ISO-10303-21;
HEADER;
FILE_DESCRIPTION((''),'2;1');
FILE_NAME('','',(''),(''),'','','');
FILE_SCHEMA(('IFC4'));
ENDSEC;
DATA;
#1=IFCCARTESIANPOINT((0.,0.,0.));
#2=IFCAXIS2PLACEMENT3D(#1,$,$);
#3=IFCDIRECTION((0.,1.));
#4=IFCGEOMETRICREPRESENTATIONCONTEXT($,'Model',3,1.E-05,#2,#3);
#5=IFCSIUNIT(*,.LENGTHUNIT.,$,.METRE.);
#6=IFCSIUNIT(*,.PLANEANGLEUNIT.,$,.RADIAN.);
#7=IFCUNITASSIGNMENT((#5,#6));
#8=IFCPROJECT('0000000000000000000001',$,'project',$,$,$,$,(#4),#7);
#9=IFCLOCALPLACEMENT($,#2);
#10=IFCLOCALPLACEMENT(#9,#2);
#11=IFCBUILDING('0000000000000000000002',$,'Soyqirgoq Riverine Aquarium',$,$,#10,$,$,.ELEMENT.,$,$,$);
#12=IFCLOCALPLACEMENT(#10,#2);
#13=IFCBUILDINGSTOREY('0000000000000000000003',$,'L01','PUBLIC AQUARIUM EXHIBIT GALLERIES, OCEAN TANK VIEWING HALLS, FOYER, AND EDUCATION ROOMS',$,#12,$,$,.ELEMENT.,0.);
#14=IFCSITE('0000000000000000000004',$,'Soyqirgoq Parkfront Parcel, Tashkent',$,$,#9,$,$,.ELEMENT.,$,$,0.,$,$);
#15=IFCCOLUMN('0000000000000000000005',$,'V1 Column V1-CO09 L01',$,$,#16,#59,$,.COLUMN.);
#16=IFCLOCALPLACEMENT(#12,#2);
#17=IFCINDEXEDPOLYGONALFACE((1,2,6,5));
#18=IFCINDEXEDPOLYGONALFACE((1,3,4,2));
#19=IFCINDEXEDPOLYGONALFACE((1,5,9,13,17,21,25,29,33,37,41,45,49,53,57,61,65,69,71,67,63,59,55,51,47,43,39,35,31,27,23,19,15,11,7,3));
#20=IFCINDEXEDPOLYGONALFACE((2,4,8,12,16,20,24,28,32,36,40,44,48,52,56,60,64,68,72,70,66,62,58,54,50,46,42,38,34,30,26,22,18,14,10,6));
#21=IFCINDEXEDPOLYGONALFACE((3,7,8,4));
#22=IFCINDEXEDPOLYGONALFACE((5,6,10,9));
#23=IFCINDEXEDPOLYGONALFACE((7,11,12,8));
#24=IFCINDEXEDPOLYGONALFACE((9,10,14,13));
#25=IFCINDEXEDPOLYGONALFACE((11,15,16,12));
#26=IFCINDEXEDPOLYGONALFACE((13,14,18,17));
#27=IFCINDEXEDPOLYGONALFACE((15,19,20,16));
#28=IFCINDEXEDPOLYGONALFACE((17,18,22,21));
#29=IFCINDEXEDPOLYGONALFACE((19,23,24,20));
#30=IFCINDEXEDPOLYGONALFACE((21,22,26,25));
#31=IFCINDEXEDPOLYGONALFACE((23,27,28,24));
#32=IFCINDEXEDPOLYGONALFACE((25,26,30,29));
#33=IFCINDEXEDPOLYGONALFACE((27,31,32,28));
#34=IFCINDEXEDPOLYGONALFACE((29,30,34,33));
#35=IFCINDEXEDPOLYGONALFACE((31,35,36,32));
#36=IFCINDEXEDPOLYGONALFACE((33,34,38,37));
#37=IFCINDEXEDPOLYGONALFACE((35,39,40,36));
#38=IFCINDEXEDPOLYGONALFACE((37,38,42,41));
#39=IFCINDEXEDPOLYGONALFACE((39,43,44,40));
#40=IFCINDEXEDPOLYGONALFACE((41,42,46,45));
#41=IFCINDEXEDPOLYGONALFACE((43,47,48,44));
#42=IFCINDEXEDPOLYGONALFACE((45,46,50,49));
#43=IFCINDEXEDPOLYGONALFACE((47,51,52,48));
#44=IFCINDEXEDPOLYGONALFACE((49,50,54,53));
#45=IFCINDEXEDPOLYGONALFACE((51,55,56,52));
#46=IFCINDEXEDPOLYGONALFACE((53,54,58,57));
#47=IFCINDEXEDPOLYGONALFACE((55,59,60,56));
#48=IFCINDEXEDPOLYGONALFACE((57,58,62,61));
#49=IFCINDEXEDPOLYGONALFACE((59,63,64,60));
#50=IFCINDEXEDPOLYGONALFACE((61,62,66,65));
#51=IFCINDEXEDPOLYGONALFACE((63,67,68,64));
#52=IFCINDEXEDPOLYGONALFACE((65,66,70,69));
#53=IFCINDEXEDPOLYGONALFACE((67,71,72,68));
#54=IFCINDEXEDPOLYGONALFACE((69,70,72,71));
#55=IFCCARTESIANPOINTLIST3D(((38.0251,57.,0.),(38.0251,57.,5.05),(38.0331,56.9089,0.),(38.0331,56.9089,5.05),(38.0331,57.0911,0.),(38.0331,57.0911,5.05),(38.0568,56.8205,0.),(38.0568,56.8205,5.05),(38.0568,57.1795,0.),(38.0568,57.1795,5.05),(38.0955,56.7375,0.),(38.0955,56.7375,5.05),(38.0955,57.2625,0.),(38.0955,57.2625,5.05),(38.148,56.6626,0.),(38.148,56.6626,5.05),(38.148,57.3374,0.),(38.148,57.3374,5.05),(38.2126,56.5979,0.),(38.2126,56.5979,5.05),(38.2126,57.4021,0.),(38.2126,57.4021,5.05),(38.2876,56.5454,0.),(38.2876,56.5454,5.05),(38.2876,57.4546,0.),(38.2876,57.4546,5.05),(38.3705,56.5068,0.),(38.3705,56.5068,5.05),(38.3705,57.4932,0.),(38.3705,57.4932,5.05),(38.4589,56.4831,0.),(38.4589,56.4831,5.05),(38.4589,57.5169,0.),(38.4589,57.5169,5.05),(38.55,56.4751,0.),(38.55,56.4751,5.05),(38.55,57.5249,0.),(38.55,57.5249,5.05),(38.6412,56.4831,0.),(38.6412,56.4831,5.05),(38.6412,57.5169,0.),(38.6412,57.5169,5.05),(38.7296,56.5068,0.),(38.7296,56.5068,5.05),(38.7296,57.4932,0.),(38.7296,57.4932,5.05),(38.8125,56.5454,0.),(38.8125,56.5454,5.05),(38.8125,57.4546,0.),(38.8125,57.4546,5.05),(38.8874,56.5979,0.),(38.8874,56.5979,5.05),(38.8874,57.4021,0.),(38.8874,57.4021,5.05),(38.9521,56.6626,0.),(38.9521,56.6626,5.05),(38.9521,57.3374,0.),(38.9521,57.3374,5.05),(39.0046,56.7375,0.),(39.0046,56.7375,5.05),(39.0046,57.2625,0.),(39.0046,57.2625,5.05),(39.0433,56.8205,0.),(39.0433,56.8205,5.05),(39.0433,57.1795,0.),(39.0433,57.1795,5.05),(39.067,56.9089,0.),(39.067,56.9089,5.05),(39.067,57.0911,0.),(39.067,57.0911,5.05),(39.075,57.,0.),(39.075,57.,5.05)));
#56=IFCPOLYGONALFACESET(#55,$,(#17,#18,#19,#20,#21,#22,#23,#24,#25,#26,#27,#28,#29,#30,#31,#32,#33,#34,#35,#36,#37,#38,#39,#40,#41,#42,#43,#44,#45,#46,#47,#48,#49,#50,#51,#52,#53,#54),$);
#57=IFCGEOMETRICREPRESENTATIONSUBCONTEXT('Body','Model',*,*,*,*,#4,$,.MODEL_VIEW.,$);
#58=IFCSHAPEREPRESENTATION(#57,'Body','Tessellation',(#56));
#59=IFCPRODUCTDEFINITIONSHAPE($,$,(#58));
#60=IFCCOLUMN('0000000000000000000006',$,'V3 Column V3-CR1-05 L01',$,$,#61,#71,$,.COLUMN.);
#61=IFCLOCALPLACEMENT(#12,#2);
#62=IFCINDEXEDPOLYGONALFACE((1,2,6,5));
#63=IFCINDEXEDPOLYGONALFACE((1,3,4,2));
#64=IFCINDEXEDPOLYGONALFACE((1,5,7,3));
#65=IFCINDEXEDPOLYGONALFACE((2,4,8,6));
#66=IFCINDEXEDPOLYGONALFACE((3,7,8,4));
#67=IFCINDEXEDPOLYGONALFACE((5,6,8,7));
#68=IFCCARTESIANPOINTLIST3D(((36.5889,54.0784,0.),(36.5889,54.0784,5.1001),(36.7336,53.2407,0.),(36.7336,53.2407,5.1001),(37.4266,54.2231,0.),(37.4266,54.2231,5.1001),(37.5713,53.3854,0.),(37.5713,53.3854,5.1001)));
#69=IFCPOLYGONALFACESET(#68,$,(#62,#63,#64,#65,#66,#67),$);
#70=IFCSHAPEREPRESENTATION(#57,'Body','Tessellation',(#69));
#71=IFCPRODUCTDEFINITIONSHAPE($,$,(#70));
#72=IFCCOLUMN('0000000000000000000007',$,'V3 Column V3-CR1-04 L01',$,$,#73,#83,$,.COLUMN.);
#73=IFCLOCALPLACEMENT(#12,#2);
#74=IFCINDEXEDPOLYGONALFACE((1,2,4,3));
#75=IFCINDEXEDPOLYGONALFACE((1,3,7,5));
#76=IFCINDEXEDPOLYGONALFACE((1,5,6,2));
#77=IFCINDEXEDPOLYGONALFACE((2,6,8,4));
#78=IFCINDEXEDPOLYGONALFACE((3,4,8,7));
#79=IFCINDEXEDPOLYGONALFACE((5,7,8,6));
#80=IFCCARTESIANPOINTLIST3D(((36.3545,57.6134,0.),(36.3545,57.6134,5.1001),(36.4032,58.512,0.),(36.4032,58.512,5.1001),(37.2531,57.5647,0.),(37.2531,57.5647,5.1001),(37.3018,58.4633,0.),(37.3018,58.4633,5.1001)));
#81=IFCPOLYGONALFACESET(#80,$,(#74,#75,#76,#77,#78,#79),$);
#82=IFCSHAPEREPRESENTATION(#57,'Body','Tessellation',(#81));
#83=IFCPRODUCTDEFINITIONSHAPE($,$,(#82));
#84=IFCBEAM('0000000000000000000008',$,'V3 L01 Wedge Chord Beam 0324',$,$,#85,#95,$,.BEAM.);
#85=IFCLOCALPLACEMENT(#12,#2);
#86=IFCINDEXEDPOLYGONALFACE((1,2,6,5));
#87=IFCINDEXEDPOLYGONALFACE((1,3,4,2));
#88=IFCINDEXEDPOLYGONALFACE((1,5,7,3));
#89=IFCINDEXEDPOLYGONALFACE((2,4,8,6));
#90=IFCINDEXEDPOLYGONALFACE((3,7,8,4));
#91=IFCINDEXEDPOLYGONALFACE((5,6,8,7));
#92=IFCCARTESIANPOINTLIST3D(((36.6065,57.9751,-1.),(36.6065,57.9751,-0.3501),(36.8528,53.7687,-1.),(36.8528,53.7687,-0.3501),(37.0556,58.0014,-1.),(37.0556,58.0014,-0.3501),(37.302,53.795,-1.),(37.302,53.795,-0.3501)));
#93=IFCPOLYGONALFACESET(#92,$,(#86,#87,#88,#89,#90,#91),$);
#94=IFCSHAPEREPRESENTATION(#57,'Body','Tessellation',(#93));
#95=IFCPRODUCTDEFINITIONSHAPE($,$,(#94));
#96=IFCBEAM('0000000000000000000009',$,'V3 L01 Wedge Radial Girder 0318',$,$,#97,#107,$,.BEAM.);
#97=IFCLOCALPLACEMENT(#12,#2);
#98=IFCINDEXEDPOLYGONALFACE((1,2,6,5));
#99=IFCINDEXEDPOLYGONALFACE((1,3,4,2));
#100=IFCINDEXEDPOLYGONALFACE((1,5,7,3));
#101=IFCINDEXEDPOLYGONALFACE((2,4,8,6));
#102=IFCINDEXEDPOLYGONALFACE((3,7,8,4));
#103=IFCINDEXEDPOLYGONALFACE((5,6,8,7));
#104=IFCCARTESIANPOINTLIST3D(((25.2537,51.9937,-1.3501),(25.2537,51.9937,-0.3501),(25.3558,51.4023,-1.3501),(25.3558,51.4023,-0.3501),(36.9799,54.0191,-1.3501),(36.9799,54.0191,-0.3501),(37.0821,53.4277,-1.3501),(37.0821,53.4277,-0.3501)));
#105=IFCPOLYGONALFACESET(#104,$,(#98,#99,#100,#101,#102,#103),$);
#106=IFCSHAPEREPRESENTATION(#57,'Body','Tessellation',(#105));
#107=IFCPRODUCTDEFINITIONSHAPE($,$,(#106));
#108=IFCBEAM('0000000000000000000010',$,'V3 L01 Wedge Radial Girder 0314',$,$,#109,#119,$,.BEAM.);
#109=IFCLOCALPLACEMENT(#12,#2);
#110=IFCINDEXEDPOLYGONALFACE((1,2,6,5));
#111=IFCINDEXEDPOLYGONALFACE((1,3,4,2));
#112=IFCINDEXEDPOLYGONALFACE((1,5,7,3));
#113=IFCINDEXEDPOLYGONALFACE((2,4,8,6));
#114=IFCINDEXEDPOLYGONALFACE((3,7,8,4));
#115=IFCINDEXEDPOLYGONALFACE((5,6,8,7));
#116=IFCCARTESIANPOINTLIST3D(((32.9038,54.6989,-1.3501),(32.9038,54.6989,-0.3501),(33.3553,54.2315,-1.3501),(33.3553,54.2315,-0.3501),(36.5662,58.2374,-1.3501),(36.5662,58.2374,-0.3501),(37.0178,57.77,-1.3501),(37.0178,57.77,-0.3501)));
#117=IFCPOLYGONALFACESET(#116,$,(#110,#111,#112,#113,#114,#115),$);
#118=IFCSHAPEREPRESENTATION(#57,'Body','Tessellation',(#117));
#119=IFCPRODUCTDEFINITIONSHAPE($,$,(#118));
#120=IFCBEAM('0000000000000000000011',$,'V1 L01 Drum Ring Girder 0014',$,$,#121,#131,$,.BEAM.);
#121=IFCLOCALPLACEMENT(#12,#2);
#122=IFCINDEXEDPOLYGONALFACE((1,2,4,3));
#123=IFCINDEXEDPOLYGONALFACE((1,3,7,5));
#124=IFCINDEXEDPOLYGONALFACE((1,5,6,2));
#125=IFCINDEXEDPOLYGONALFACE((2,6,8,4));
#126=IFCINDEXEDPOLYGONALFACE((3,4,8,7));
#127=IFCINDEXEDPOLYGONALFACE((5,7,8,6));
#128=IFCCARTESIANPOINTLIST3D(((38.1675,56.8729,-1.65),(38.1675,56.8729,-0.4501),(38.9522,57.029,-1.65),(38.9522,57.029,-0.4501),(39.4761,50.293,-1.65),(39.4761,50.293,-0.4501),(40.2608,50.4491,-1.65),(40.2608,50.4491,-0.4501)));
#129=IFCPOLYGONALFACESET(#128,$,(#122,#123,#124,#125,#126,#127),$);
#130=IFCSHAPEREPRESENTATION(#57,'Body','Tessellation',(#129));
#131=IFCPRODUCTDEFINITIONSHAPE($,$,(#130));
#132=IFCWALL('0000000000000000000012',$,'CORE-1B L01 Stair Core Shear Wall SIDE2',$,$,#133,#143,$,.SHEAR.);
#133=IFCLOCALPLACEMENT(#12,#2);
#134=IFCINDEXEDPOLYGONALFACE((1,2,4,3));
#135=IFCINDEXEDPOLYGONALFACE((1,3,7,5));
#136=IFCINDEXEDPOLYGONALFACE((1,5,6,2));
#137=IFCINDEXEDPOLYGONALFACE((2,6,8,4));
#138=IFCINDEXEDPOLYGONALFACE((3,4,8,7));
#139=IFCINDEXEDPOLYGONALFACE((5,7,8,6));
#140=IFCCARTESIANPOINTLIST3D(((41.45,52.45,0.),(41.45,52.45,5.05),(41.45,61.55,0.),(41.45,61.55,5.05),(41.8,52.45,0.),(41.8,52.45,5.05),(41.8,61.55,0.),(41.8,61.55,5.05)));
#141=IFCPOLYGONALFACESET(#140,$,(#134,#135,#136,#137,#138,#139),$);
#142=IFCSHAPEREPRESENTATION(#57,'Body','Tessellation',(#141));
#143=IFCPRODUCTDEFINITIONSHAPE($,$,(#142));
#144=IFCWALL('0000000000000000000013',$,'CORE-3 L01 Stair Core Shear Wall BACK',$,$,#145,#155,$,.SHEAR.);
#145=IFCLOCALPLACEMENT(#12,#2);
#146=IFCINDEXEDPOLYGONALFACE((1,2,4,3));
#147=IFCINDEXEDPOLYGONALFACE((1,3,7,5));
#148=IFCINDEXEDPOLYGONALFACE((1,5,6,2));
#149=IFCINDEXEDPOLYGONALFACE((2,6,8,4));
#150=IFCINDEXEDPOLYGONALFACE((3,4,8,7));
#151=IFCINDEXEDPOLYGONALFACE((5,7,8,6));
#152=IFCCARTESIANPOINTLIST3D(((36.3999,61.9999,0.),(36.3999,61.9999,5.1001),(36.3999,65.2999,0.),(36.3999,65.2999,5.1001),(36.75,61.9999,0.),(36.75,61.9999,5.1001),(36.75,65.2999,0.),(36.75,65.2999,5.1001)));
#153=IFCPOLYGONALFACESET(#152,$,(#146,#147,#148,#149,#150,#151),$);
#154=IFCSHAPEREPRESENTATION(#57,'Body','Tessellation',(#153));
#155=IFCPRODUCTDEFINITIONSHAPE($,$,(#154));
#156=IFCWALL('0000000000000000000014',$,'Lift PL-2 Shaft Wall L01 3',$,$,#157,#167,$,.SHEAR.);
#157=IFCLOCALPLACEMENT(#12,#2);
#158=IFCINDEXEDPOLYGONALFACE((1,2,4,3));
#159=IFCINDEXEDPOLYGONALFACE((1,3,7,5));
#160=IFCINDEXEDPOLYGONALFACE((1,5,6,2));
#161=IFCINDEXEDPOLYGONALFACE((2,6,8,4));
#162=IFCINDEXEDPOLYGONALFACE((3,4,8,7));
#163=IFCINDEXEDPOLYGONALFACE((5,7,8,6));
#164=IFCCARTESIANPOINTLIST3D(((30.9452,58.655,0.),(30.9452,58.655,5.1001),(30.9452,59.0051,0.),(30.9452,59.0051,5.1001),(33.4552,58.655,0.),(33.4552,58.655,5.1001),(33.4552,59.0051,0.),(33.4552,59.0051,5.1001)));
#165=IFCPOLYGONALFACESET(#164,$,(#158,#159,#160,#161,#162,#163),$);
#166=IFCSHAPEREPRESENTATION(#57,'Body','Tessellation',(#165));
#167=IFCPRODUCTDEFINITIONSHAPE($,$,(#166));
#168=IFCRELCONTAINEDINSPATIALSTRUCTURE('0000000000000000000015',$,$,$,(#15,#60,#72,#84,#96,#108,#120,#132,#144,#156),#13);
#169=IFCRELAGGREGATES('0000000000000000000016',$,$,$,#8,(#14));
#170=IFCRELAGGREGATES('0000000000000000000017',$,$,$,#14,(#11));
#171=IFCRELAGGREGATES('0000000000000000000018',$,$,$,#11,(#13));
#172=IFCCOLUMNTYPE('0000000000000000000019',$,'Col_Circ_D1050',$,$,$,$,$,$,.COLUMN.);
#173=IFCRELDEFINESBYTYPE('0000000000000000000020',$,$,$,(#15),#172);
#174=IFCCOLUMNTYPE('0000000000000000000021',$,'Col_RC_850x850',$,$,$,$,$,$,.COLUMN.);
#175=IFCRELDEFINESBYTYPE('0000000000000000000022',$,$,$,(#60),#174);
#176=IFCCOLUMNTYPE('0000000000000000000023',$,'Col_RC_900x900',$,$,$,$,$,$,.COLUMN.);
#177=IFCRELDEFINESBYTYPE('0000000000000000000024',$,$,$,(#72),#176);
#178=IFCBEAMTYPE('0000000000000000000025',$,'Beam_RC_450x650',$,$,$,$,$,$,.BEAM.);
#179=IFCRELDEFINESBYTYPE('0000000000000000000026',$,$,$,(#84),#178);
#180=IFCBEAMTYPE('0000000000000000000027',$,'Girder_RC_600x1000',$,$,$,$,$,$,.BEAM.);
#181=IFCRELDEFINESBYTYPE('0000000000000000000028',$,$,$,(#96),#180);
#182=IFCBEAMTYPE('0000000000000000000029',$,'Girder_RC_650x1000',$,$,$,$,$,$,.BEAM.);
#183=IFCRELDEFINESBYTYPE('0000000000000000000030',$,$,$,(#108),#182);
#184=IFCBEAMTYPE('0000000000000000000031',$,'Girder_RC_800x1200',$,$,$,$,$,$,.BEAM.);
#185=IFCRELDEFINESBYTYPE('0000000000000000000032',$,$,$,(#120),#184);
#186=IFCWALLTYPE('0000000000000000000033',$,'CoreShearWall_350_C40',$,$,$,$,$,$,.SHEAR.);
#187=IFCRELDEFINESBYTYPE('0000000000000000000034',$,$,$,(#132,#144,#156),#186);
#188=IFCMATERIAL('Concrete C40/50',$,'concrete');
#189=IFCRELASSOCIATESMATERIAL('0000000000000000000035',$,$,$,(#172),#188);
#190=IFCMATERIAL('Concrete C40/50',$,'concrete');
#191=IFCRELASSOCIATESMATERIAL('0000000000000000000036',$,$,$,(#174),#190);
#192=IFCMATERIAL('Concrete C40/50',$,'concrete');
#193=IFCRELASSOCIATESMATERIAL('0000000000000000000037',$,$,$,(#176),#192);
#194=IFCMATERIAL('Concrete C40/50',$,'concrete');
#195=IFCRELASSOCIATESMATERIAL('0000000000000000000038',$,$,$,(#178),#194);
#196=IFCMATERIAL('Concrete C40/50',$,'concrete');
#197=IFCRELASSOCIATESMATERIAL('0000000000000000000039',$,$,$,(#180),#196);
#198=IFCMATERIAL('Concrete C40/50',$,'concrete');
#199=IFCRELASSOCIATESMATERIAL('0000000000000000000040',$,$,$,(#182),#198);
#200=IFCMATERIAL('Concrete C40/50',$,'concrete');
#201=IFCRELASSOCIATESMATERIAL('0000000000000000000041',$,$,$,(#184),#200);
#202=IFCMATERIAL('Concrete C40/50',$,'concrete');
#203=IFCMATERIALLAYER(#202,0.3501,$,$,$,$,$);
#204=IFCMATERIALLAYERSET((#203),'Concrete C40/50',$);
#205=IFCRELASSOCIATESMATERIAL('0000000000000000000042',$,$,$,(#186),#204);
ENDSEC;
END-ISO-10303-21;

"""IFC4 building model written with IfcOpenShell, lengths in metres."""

from ifc_helpers import new_model, si_unit, direction, frame, frame_2d, origin, origin_2d, place, context, subcontext, project, spatial, rectangle, circle, extrude, material, layer, layer_set, material_profile, profile_set, type_object, element, save


model = new_model("IFC4")

# Units and contexts
model_context = context("Model", 3, precision=1e-05, world=origin(), true_north=direction((0.0, 1.0)))
body_context = subcontext(model_context, "Body", "Model", "MODEL_VIEW")
ifc_project = project(units=[si_unit("LENGTHUNIT", "METRE"), si_unit("PLANEANGLEUNIT", "RADIAN")], contexts=[model_context])

# Site, building, storey
site_placement = place(None, origin())
site = spatial("IfcSite", under=ifc_project, at=site_placement, Name="Soyqirgoq Parkfront Parcel, Tashkent", CompositionType="ELEMENT", RefElevation=0.0)
building_placement = place(site_placement, origin())
building = spatial("IfcBuilding", under=site, at=building_placement, Name="Soyqirgoq Riverine Aquarium", CompositionType="ELEMENT")
storey_placement = place(building_placement, origin())
storey = spatial("IfcBuildingStorey", under=building, at=storey_placement, Name="L01", Description="PUBLIC AQUARIUM EXHIBIT GALLERIES, OCEAN TANK VIEWING HALLS, FOYER, AND EDUCATION ROOMS", CompositionType="ELEMENT", Elevation=0.0)

# Columns
ifc_material_1 = material(Name="Concrete C40/50", Category="concrete")
ifc_material_profile_1 = material_profile(ifc_material_1, circle(Radius=0.5249, at=origin_2d()), Name="RC-COL D1050")
ifc_profile_set_1 = profile_set([ifc_material_profile_1], Name="Concrete C40/50")
column_type_1 = type_object("IfcColumnType", Name="Col_Circ_D1050", PredefinedType="COLUMN", material=ifc_profile_set_1)
column_1_placement = place(storey_placement, frame((38.55, 57.0, 0.0), z_axis=(0.0, 0.0, 1.0), x_axis=(-1.0, 0.0, 0.0)))
element("IfcColumn", 1, at=column_1_placement, inside=storey, type_object=column_type_1, Name="V1 Column V1-CO09 L01", PredefinedType="COLUMN", context=body_context, shape_type="SweptSolid", body=[
    extrude(circle(Radius=0.5249, at=origin_2d()), origin(), (0.0, 0.0, 1.0), 5.05),
])
ifc_material_2 = material(Name="Concrete C40/50", Category="concrete")
ifc_material_profile_2 = material_profile(ifc_material_2, rectangle(XDim=0.8501, YDim=0.8501, at=origin_2d()), Name="RC 850x850")
ifc_profile_set_2 = profile_set([ifc_material_profile_2], Name="Concrete C40/50")
column_type_2 = type_object("IfcColumnType", Name="Col_RC_850x850", PredefinedType="COLUMN", material=ifc_profile_set_2)
column_2_placement = place(storey_placement, frame((37.0801, 53.7319, 0.0), z_axis=(0.0, 0.0, 1.0), x_axis=(-0.985408, -0.170209, 0.0)))
element("IfcColumn", 2, at=column_2_placement, inside=storey, type_object=column_type_2, Name="V3 Column V3-CR1-05 L01", PredefinedType="COLUMN", context=body_context, shape_type="SweptSolid", body=[
    extrude(rectangle(XDim=0.8501, YDim=0.8501, at=origin_2d()), origin(), (0.0, 0.0, 1.0), 5.1001),
])
ifc_material_3 = material(Name="Concrete C40/50", Category="concrete")
ifc_material_profile_3 = material_profile(ifc_material_3, rectangle(XDim=0.8999, YDim=0.8999, at=origin_2d()), Name="RC 900x900")
ifc_profile_set_3 = profile_set([ifc_material_profile_3], Name="Concrete C40/50")
column_type_3 = type_object("IfcColumnType", Name="Col_RC_900x900", PredefinedType="COLUMN", material=ifc_profile_set_3)
column_3_placement = place(storey_placement, frame((36.8281, 58.0383, 0.0), z_axis=(0.0, 0.0, 1.0), x_axis=(-0.998537, 0.054079, 0.0)))
element("IfcColumn", 3, at=column_3_placement, inside=storey, type_object=column_type_3, Name="V3 Column V3-CR1-04 L01", PredefinedType="COLUMN", context=body_context, shape_type="SweptSolid", body=[
    extrude(rectangle(XDim=0.8999, YDim=0.8999, at=origin_2d()), origin(), (0.0, 0.0, 1.0), 5.1001),
])

# Beams
ifc_material_4 = material(Name="Concrete C40/50", Category="concrete")
ifc_material_profile_4 = material_profile(ifc_material_4, rectangle(XDim=0.45, YDim=0.6499, at=origin_2d()), Name="RC 450x650")
ifc_profile_set_4 = profile_set([ifc_material_profile_4], Name="Concrete C40/50")
beam_type_1 = type_object("IfcBeamType", Name="Beam_RC_450x650", PredefinedType="BEAM", material=ifc_profile_set_4)
beam_1_placement = place(storey_placement, frame((36.8311, 57.9883, -0.675), z_axis=(0.058464, -0.99829, 0.0), x_axis=(0.99829, 0.058464, 0.0)))
element("IfcBeam", 4, at=beam_1_placement, inside=storey, type_object=beam_type_1, Name="V3 L01 Wedge Chord Beam 0324", PredefinedType="BEAM", context=body_context, shape_type="SweptSolid", body=[
    extrude(rectangle(XDim=0.45, YDim=0.6499, at=origin_2d()), origin(), (0.0, 0.0, 1.0), 4.2136),
])
ifc_material_5 = material(Name="Concrete C40/50", Category="concrete")
ifc_material_profile_5 = material_profile(ifc_material_5, rectangle(XDim=0.6001, YDim=1.0, at=origin_2d()), Name="RC 600x1000")
ifc_profile_set_5 = profile_set([ifc_material_profile_5], Name="Concrete C40/50")
beam_type_2 = type_object("IfcBeamType", Name="Girder_RC_600x1000", PredefinedType="BEAM", material=ifc_profile_set_5)
beam_2_placement = place(storey_placement, frame((37.031, 53.7234, -0.8501), z_axis=(-0.985409, -0.170202, 0.0), x_axis=(0.170202, -0.985409, 0.0)))
element("IfcBeam", 5, at=beam_2_placement, inside=storey, type_object=beam_type_2, Name="V3 L01 Wedge Radial Girder 0318", PredefinedType="BEAM", context=body_context, shape_type="SweptSolid", body=[
    extrude(rectangle(XDim=0.6001, YDim=1.0, at=origin_2d()), origin(), (0.0, 0.0, 1.0), 11.8999),
])
ifc_material_6 = material(Name="Concrete C40/50", Category="concrete")
ifc_material_profile_6 = material_profile(ifc_material_6, rectangle(XDim=0.6499, YDim=1.0, at=origin_2d()), Name="RC 650x1000")
ifc_profile_set_6 = profile_set([ifc_material_profile_6], Name="Concrete C40/50")
beam_type_3 = type_object("IfcBeamType", Name="Girder_RC_650x1000", PredefinedType="BEAM", material=ifc_profile_set_6)
beam_3_placement = place(storey_placement, frame((36.792, 58.0037, -0.8501), z_axis=(-0.719179, -0.694825, 0.0), x_axis=(0.694825, -0.719179, 0.0)))
element("IfcBeam", 6, at=beam_3_placement, inside=storey, type_object=beam_type_3, Name="V3 L01 Wedge Radial Girder 0314", PredefinedType="BEAM", context=body_context, shape_type="SweptSolid", body=[
    extrude(rectangle(XDim=0.6499, YDim=1.0, at=origin_2d()), origin(), (0.0, 0.0, 1.0), 5.0925),
])
ifc_material_7 = material(Name="Concrete C40/50", Category="concrete")
ifc_material_profile_7 = material_profile(ifc_material_7, rectangle(XDim=0.8, YDim=1.2, at=origin_2d()), Name="RC 800x1200")
ifc_profile_set_7 = profile_set([ifc_material_profile_7], Name="Concrete C40/50")
beam_type_4 = type_object("IfcBeamType", Name="Girder_RC_800x1200", PredefinedType="BEAM", material=ifc_profile_set_7)
beam_4_placement = place(storey_placement, frame((38.5598, 56.9509, -1.05), z_axis=(0.195059, -0.980791, 0.0), x_axis=(0.980791, 0.195059, 0.0)))
element("IfcBeam", 7, at=beam_4_placement, inside=storey, type_object=beam_type_4, Name="V1 L01 Drum Ring Girder 0014", PredefinedType="BEAM", context=body_context, shape_type="SweptSolid", body=[
    extrude(rectangle(XDim=0.8, YDim=1.2, at=origin_2d()), origin(), (0.0, 0.0, 1.0), 6.7087),
])

# Walls
ifc_material_8 = material(Name="Concrete C40/50", Category="concrete")
ifc_layer_1 = layer(ifc_material_8, 0.3501)
ifc_layer_set_1 = layer_set([ifc_layer_1], Name="Concrete C40/50")
wall_type_1 = type_object("IfcWallType", Name="CoreShearWall_350_C40", PredefinedType="SHEAR", material=ifc_layer_set_1)
wall_1_placement = place(storey_placement, frame((41.625, 61.55, 0.0), z_axis=(0.0, 0.0, 1.0), x_axis=(0.0, -1.0, 0.0)))
element("IfcWall", 8, at=wall_1_placement, inside=storey, type_object=wall_type_1, Name="CORE-1B L01 Stair Core Shear Wall SIDE2", PredefinedType="SHEAR", context=body_context, shape_type="SweptSolid", body=[
    extrude(rectangle(XDim=9.1001, YDim=0.3501, at=frame_2d((4.55, 0.0))), origin(), (0.0, 0.0, 1.0), 5.05),
])
wall_2_placement = place(storey_placement, frame((36.575, 62.0, 0.0), z_axis=(0.0, 0.0, 1.0), x_axis=(0.0, 1.0, 0.0)))
element("IfcWall", 9, at=wall_2_placement, inside=storey, type_object=wall_type_1, Name="CORE-3 L01 Stair Core Shear Wall BACK", PredefinedType="SHEAR", context=body_context, shape_type="SweptSolid", body=[
    extrude(rectangle(XDim=3.3, YDim=0.3501, at=frame_2d((1.6499, 0.0))), origin(), (0.0, 0.0, 1.0), 5.1001),
])
wall_3_placement = place(storey_placement, frame((33.4551, 58.8301, 0.0), z_axis=(0.0, 0.0, 1.0), x_axis=(-1.0, 0.0, 0.0)))
element("IfcWall", 10, at=wall_3_placement, inside=storey, type_object=wall_type_1, Name="Lift PL-2 Shaft Wall L01 3", PredefinedType="SHEAR", context=body_context, shape_type="SweptSolid", body=[
    extrude(rectangle(XDim=2.51, YDim=0.3501, at=frame_2d((1.2549, 0.0))), origin(), (0.0, 0.0, 1.0), 5.1001),
])

save(model, "model.ifc")
